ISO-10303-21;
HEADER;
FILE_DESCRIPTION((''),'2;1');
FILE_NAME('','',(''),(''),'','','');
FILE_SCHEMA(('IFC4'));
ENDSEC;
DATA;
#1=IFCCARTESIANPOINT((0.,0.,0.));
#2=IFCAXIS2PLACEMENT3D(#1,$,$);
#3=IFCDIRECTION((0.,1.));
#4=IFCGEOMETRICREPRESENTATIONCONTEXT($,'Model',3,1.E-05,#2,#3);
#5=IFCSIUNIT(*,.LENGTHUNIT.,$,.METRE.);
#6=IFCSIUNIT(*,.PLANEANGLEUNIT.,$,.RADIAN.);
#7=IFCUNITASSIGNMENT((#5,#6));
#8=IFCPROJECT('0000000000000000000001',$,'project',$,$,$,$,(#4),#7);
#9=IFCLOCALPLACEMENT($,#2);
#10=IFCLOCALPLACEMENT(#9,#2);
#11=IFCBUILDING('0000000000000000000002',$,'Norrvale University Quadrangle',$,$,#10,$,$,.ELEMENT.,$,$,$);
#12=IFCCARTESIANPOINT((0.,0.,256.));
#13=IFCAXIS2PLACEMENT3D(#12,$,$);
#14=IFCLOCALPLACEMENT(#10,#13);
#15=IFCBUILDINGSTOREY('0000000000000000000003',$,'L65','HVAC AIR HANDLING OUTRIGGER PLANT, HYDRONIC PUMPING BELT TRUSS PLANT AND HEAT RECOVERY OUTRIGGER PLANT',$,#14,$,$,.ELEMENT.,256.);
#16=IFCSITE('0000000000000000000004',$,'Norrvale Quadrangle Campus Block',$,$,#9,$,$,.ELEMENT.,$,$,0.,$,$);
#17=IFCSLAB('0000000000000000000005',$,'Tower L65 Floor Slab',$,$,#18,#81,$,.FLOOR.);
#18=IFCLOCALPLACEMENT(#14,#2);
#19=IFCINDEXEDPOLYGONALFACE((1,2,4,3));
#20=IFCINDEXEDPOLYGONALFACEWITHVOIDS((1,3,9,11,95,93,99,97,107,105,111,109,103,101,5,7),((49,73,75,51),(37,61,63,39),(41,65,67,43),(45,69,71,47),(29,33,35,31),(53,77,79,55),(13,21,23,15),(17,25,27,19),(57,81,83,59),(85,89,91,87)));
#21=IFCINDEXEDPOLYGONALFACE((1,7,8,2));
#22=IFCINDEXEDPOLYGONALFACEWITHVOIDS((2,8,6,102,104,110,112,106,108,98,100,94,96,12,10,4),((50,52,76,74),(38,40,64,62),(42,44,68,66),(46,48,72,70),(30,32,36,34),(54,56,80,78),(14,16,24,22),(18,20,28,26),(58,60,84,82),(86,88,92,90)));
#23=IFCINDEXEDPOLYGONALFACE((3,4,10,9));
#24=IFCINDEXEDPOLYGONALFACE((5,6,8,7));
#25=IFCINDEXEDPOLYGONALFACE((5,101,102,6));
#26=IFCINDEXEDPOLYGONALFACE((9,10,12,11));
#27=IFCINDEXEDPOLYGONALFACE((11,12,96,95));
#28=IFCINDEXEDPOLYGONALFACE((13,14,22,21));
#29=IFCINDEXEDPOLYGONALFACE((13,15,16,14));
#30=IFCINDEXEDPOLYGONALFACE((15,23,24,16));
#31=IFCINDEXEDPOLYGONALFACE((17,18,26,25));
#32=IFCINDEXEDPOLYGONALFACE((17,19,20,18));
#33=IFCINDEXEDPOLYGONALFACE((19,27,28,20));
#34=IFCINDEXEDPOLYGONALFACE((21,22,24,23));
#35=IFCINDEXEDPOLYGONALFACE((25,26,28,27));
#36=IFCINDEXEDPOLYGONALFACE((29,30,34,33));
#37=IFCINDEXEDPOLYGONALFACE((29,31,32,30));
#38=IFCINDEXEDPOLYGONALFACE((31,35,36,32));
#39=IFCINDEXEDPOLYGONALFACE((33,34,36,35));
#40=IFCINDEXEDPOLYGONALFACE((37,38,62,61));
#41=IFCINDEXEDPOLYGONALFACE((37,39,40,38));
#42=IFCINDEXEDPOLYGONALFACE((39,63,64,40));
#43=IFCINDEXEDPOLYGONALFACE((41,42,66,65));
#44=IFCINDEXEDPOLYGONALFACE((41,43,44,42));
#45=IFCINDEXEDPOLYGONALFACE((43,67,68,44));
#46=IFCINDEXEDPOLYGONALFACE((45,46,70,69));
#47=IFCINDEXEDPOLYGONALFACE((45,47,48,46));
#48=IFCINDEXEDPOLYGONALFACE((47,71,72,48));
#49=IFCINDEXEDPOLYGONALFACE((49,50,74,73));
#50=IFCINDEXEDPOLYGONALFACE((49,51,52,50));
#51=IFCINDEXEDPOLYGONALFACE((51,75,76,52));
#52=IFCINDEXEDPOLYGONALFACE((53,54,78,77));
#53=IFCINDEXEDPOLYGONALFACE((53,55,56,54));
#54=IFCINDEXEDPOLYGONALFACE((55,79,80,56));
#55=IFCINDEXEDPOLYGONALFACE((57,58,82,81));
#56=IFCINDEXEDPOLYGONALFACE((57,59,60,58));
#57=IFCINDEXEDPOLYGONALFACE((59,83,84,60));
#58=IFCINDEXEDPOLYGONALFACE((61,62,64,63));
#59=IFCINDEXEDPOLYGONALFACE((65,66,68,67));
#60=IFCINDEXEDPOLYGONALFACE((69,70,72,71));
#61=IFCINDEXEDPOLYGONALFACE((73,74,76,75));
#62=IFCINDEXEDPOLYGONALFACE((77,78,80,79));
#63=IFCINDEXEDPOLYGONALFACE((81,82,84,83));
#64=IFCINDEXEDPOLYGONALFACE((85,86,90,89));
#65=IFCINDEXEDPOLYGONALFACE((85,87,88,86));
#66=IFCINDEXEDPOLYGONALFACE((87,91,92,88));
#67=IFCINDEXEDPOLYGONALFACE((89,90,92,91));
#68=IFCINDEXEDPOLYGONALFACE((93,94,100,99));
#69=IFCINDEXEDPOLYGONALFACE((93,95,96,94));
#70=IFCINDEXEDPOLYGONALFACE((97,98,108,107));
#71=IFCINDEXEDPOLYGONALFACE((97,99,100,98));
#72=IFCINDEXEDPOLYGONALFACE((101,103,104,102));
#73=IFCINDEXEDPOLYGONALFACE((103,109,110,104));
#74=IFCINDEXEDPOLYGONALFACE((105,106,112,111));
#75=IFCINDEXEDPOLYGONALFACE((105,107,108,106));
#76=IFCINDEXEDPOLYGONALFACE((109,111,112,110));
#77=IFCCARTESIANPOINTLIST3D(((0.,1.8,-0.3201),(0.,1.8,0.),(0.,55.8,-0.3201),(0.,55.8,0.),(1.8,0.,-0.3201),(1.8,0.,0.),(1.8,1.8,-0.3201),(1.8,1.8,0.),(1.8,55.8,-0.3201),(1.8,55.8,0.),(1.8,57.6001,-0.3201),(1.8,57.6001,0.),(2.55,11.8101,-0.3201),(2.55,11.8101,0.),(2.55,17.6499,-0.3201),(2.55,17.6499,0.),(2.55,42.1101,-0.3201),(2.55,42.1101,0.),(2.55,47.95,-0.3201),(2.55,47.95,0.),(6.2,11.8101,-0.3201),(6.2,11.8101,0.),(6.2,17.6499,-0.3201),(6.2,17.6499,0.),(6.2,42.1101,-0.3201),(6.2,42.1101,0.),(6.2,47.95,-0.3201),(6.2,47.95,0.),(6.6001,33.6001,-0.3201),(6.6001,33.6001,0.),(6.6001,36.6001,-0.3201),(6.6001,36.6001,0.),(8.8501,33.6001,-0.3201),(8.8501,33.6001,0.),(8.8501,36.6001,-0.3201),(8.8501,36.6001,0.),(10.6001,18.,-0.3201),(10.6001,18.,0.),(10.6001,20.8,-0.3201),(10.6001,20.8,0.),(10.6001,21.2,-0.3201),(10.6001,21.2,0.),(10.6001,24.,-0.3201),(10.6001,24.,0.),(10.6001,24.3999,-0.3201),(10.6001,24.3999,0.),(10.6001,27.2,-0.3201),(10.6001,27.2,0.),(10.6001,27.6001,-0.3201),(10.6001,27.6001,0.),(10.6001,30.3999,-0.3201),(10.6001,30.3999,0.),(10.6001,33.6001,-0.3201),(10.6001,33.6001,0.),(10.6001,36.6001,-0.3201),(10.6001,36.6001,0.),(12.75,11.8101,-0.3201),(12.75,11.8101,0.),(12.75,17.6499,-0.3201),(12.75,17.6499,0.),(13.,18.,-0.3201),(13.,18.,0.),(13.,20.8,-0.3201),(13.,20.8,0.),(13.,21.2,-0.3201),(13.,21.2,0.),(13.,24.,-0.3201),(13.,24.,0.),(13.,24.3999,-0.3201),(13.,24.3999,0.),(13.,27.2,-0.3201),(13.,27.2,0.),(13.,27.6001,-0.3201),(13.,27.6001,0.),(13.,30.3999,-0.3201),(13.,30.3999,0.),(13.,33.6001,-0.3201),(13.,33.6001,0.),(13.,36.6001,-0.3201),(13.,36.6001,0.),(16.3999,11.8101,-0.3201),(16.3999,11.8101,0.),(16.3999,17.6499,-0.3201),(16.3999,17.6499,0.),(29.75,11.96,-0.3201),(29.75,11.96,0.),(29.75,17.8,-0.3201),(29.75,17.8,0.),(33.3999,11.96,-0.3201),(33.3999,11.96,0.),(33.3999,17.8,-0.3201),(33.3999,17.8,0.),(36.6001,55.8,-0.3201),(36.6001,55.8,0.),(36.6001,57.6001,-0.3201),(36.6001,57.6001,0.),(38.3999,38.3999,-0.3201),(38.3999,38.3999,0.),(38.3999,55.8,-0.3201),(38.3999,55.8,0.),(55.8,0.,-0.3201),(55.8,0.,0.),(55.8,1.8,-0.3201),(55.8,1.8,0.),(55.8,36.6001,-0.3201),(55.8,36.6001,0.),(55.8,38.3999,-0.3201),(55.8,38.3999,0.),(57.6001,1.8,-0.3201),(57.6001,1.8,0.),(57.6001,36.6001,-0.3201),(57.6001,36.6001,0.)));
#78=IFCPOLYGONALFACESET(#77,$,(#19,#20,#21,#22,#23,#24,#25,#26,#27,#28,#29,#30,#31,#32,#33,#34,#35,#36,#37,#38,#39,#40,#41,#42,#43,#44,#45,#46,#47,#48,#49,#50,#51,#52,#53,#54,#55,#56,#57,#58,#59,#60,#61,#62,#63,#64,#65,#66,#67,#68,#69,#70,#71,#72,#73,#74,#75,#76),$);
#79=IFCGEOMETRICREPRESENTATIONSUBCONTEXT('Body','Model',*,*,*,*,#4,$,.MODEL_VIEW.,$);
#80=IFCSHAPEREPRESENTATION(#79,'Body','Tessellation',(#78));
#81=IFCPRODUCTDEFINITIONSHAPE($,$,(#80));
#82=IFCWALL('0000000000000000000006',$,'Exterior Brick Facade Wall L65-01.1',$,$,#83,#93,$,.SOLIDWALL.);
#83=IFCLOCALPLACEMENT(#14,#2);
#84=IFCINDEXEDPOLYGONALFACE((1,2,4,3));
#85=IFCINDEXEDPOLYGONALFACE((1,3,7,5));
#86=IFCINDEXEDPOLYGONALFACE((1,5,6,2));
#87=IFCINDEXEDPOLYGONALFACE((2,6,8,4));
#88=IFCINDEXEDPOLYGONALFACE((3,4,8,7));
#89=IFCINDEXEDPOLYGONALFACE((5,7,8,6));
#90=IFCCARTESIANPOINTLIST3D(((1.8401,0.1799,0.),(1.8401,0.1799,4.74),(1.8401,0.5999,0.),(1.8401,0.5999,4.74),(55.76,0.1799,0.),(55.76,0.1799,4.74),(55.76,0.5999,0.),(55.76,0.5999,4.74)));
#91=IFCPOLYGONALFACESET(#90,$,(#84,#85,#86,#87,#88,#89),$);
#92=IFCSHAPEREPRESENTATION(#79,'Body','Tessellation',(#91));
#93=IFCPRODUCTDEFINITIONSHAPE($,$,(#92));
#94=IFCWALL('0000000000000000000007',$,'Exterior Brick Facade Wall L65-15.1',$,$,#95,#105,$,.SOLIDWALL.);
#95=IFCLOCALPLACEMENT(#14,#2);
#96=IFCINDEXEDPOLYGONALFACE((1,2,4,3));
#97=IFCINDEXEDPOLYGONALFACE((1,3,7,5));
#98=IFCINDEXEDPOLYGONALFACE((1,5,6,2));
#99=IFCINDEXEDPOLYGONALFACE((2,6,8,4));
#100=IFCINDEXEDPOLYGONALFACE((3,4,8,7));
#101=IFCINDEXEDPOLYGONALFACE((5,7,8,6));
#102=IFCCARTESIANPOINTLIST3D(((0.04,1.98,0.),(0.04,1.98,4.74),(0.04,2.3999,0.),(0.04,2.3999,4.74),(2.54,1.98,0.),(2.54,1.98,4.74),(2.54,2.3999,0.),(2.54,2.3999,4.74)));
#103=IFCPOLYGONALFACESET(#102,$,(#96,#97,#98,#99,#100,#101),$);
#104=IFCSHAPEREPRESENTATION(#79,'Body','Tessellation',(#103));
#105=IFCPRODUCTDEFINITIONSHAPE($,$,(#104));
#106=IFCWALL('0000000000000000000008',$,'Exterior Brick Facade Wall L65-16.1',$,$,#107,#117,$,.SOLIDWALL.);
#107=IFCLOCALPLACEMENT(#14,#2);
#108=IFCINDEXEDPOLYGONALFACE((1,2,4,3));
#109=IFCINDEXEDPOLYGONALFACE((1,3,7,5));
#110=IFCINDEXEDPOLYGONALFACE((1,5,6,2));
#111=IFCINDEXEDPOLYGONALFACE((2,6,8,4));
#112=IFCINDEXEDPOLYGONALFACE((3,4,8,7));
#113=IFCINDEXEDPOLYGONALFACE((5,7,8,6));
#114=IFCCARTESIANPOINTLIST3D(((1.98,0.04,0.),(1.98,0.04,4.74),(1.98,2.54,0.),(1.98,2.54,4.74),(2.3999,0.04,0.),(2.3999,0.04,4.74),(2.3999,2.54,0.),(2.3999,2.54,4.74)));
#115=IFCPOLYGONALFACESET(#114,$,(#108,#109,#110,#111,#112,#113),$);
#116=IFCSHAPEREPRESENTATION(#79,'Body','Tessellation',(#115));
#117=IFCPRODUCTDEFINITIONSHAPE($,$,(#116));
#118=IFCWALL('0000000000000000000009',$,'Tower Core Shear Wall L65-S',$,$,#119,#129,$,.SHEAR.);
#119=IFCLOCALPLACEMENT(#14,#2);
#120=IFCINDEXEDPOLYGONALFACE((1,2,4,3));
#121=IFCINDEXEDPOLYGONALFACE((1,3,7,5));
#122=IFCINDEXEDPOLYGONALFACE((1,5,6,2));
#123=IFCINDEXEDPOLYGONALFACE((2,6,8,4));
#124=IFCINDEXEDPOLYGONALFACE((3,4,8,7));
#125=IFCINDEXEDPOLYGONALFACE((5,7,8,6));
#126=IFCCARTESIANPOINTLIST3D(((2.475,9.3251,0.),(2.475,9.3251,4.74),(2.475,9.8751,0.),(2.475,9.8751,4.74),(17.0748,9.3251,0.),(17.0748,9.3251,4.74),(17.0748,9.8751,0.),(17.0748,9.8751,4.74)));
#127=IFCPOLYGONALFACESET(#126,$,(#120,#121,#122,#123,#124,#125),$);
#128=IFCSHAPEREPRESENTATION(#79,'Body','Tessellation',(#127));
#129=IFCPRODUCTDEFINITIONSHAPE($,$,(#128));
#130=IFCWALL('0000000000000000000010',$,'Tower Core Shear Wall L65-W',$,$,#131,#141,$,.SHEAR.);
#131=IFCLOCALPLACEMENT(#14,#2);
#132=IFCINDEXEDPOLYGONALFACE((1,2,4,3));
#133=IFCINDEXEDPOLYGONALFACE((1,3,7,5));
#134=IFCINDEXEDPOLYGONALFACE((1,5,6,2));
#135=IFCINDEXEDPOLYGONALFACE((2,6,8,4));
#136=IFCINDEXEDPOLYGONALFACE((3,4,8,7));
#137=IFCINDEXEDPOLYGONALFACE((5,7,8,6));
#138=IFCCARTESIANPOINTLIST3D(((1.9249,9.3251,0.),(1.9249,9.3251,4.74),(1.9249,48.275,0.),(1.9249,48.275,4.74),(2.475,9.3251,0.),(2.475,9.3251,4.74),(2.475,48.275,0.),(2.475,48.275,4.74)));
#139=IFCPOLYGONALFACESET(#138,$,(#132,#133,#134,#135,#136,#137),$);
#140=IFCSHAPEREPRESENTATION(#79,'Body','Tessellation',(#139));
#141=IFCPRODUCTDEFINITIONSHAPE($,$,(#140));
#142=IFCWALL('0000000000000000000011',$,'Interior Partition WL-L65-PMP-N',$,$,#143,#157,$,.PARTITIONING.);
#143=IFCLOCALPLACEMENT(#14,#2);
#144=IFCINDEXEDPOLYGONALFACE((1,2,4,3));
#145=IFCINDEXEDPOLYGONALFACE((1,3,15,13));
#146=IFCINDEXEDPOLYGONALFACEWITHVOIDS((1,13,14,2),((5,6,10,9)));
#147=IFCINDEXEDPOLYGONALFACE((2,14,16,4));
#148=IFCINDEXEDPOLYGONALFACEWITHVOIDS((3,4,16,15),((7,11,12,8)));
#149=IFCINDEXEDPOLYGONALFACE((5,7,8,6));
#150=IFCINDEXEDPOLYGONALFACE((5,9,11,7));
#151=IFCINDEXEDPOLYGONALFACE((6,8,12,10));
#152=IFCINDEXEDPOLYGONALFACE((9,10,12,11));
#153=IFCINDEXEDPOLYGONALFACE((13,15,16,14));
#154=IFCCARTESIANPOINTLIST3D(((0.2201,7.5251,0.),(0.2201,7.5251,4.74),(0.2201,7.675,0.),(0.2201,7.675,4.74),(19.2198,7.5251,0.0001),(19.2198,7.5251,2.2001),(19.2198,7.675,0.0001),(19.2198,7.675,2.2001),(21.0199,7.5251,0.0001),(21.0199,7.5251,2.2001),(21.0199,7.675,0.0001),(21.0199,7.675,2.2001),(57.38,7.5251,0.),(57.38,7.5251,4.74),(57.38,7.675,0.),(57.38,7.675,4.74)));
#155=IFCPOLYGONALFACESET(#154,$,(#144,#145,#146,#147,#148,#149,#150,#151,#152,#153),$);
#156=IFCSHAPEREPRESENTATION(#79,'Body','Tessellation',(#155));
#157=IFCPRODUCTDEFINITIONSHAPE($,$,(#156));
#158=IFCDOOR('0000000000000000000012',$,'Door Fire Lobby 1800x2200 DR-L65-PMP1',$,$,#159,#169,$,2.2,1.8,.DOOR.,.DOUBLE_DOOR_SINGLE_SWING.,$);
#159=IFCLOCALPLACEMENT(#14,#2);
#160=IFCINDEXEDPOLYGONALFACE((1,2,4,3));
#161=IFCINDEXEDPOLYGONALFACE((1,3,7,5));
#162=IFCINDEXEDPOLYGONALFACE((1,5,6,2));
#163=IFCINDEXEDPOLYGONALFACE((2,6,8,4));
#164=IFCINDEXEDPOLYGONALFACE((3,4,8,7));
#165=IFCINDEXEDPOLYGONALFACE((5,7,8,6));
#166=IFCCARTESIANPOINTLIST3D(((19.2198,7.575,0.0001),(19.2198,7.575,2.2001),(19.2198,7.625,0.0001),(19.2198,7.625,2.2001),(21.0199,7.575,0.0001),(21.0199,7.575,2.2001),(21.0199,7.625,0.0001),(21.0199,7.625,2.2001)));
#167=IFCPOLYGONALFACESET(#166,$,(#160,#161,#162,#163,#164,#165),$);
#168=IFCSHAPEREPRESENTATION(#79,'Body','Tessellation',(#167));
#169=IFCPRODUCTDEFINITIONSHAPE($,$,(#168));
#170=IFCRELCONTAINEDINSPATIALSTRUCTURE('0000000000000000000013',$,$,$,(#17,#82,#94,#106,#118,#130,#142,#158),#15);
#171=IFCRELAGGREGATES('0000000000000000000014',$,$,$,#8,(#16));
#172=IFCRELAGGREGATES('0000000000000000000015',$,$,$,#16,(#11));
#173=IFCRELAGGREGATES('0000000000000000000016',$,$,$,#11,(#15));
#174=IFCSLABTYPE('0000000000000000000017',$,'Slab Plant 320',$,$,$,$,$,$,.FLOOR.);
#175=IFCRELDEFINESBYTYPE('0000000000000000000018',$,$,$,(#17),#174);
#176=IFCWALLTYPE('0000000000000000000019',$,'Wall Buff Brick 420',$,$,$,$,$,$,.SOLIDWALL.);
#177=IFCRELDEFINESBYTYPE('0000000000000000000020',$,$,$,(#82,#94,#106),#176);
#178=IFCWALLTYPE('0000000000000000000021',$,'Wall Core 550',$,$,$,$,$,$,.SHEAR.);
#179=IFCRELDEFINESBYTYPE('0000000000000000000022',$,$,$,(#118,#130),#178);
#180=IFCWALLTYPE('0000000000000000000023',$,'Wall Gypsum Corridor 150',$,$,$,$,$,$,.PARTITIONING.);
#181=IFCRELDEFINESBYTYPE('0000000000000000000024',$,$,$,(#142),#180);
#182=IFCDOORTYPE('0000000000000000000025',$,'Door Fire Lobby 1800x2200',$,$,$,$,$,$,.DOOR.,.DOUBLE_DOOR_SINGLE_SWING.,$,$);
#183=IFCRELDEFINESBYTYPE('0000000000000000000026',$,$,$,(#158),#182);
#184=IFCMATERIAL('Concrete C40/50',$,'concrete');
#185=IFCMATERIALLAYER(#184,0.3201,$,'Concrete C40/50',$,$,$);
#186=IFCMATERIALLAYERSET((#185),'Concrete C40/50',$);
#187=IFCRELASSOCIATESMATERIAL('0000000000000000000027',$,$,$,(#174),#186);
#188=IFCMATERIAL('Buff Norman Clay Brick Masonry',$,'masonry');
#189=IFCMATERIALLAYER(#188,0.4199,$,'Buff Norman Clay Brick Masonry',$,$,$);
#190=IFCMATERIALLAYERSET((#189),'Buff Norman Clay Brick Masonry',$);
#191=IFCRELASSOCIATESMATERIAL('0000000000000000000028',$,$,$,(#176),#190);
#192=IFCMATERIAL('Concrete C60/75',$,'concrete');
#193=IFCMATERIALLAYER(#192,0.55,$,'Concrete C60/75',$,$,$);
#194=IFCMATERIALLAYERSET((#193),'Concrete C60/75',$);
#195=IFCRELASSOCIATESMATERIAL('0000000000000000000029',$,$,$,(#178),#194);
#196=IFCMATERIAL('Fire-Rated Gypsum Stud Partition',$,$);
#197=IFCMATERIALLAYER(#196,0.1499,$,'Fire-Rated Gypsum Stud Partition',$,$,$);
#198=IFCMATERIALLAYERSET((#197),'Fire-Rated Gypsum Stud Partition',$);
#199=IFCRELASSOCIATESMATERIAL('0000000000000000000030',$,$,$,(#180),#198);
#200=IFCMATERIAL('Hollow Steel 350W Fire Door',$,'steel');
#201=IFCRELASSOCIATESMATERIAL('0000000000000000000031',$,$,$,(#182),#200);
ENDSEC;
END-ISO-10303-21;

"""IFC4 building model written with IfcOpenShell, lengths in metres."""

from ifc_helpers import new_model, si_unit, direction, frame, frame_2d, origin, place, context, subcontext, project, spatial, polyline, rectangle, outline, extrude, material, layer, layer_set, type_object, element, fill, save


model = new_model("IFC4")

# Units and contexts
model_context = context("Model", 3, precision=1e-05, world=origin(), true_north=direction((0.0, 1.0)))
body_context = subcontext(model_context, "Body", "Model", "MODEL_VIEW")
ifc_project = project(units=[si_unit("LENGTHUNIT", "METRE"), si_unit("PLANEANGLEUNIT", "RADIAN")], contexts=[model_context])

# Site, building, storey
site_placement = place(None, origin())
site = spatial("IfcSite", under=ifc_project, at=site_placement, Name="Norrvale Quadrangle Campus Block", CompositionType="ELEMENT", RefElevation=0.0)
building_placement = place(site_placement, origin())
building = spatial("IfcBuilding", under=site, at=building_placement, Name="Norrvale University Quadrangle", CompositionType="ELEMENT")
storey_placement = place(building_placement, frame((0.0, 0.0, 256.0)))
storey = spatial("IfcBuildingStorey", under=building, at=storey_placement, Name="L65", Description="HVAC AIR HANDLING OUTRIGGER PLANT, HYDRONIC PUMPING BELT TRUSS PLANT AND HEAT RECOVERY OUTRIGGER PLANT", CompositionType="ELEMENT", Elevation=256.0)

# Shared definitions
ifc_material_1 = material(Name="Concrete C60/75", Category="concrete")

# Shared definitions
ifc_material_2 = material(Name="Concrete C40/50", Category="concrete")

# Slab
ifc_layer_1 = layer(ifc_material_2, 0.3201, Name="Concrete C40/50")
ifc_layer_set_1 = layer_set([ifc_layer_1], Name="Concrete C40/50")
slab_type_1 = type_object("IfcSlabType", Name="Slab Plant 320", PredefinedType="FLOOR", material=ifc_layer_set_1)
slab_1_placement = place(storey_placement, frame((0.0, 0.0, -0.3201)))
element("IfcSlab", 1, at=slab_1_placement, inside=storey, type_object=slab_type_1, Name="Tower L65 Floor Slab", PredefinedType="FLOOR", context=body_context, shape_type="SweptSolid", body=[
    extrude(outline(polyline([(1.8, 0.0), (55.8, 0.0), (55.8, 1.8), (57.6001, 1.8), (57.6001, 36.6001), (55.8, 36.6001), (55.8, 38.3999), (38.3999, 38.3999), (38.3999, 55.8), (36.6001, 55.8), (36.6001, 57.6001), (1.8, 57.6001), (1.8, 55.8), (0.0, 55.8), (0.0, 1.8), (1.8, 1.8), (1.8, 0.0)]), holes=[polyline([(2.55, 11.8101), (6.2, 11.8101), (6.2, 17.6499), (2.55, 17.6499), (2.55, 11.8101)]), polyline([(2.55, 42.1101), (6.2, 42.1101), (6.2, 47.95), (2.55, 47.95), (2.55, 42.1101)]), polyline([(12.75, 11.8101), (16.3999, 11.8101), (16.3999, 17.6499), (12.75, 17.6499), (12.75, 11.8101)]), polyline([(29.75, 11.96), (33.3999, 11.96), (33.3999, 17.8), (29.75, 17.8), (29.75, 11.96)]), polyline([(10.6001, 18.0), (13.0, 18.0), (13.0, 20.8), (10.6001, 20.8), (10.6001, 18.0)]), polyline([(10.6001, 21.2), (13.0, 21.2), (13.0, 24.0), (10.6001, 24.0), (10.6001, 21.2)]), polyline([(10.6001, 24.3999), (13.0, 24.3999), (13.0, 27.2), (10.6001, 27.2), (10.6001, 24.3999)]), polyline([(10.6001, 27.6001), (13.0, 27.6001), (13.0, 30.3999), (10.6001, 30.3999), (10.6001, 27.6001)]), polyline([(6.6001, 33.6001), (8.8501, 33.6001), (8.8501, 36.6001), (6.6001, 36.6001), (6.6001, 33.6001)]), polyline([(10.6001, 33.6001), (13.0, 33.6001), (13.0, 36.6001), (10.6001, 36.6001), (10.6001, 33.6001)])]), origin(), (0.0, 0.0, 1.0), 0.3201),
])

# Walls
ifc_material_3 = material(Name="Buff Norman Clay Brick Masonry", Category="masonry")
ifc_layer_2 = layer(ifc_material_3, 0.4199, Name="Buff Norman Clay Brick Masonry")
ifc_layer_set_2 = layer_set([ifc_layer_2], Name="Buff Norman Clay Brick Masonry")
wall_type_1 = type_object("IfcWallType", Name="Wall Buff Brick 420", PredefinedType="SOLIDWALL", material=ifc_layer_set_2)
wall_1_placement = place(storey_placement, frame((1.8401, 0.3899, 0.0), z_axis=(0.0, 0.0, 1.0), x_axis=(1.0, 0.0, 0.0)))
element("IfcWall", 2, at=wall_1_placement, inside=storey, type_object=wall_type_1, Name="Exterior Brick Facade Wall L65-01.1", PredefinedType="SOLIDWALL", context=body_context, shape_type="SweptSolid", body=[
    extrude(rectangle(XDim=53.9199, YDim=0.4199, at=frame_2d((26.96, 0.0))), origin(), (0.0, 0.0, 1.0), 4.74),
])
for number, where, z_axis, x_axis, name in (
    (3, (0.04, 2.1899, 0.0), (0.0, 0.0, 1.0), (1.0, 0.0, 0.0), "Exterior Brick Facade Wall L65-15.1"),
    (4, (2.1899, 2.54, 0.0), (0.0, 0.0, 1.0), (0.0, -1.0, 0.0), "Exterior Brick Facade Wall L65-16.1"),
):
    element("IfcWall", number, at=place(storey_placement, frame(where, z_axis=z_axis, x_axis=x_axis)), inside=storey, type_object=wall_type_1, Name=name, PredefinedType="SOLIDWALL", context=body_context, shape_type="SweptSolid", body=[
        extrude(rectangle(XDim=2.5, YDim=0.4199, at=frame_2d((1.25, 0.0))), origin(), (0.0, 0.0, 1.0), 4.74),
    ])
ifc_layer_3 = layer(ifc_material_1, 0.55, Name="Concrete C60/75")
ifc_layer_set_3 = layer_set([ifc_layer_3], Name="Concrete C60/75")
wall_type_2 = type_object("IfcWallType", Name="Wall Core 550", PredefinedType="SHEAR", material=ifc_layer_set_3)
wall_2_placement = place(storey_placement, frame((2.4751, 9.6001, 0.0), z_axis=(0.0, 0.0, 1.0), x_axis=(1.0, 0.0, 0.0)))
element("IfcWall", 5, at=wall_2_placement, inside=storey, type_object=wall_type_2, Name="Tower Core Shear Wall L65-S", PredefinedType="SHEAR", context=body_context, shape_type="SweptSolid", body=[
    extrude(rectangle(XDim=14.5999, YDim=0.55, at=frame_2d((7.2998, 0.0))), origin(), (0.0, 0.0, 1.0), 4.74),
])
wall_3_placement = place(storey_placement, frame((2.2, 9.325, 0.0), z_axis=(0.0, 0.0, 1.0), x_axis=(0.0, 1.0, 0.0)))
element("IfcWall", 6, at=wall_3_placement, inside=storey, type_object=wall_type_2, Name="Tower Core Shear Wall L65-W", PredefinedType="SHEAR", context=body_context, shape_type="SweptSolid", body=[
    extrude(rectangle(XDim=38.95, YDim=0.55, at=frame_2d((19.4751, 0.0))), origin(), (0.0, 0.0, 1.0), 4.74),
])

# Wall, opening, door
ifc_material_4 = material(Name="Fire-Rated Gypsum Stud Partition")
ifc_layer_4 = layer(ifc_material_4, 0.1499, Name="Fire-Rated Gypsum Stud Partition")
ifc_layer_set_4 = layer_set([ifc_layer_4], Name="Fire-Rated Gypsum Stud Partition")
wall_type_3 = type_object("IfcWallType", Name="Wall Gypsum Corridor 150", PredefinedType="PARTITIONING", material=ifc_layer_set_4)
wall_4_placement = place(storey_placement, frame((0.22, 7.6001, 0.0), z_axis=(0.0, 0.0, 1.0), x_axis=(1.0, 0.0, 0.0)))
wall_4 = element("IfcWall", 7, at=wall_4_placement, inside=storey, type_object=wall_type_3, Name="Interior Partition WL-L65-PMP-N", PredefinedType="PARTITIONING", context=body_context, shape_type="SweptSolid", body=[
    extrude(rectangle(XDim=57.1599, YDim=0.1499, at=frame_2d((28.5801, 0.0))), origin(), (0.0, 0.0, 1.0), 4.74),
])
opening_1_placement = place(wall_4_placement, frame((19.0, 0.0, 0.0)))
opening_1 = element("IfcOpeningElement", 8, at=opening_1_placement, cuts=wall_4, PredefinedType="OPENING", context=body_context, shape_type="SweptSolid", body=[
    extrude(rectangle(XDim=1.8, YDim=2.2, at=frame_2d((0.8999, 1.1001))), frame((0.0, 0.0869, 0.0), z_axis=(0.0, -1.0, 0.0), x_axis=(1.0, 0.0, 0.0)), (0.0, 0.0, 1.0), 0.1738),
])
ifc_material_5 = material(Name="Hollow Steel 350W Fire Door", Category="steel")
door_type_1 = type_object("IfcDoorType", Name="Door Fire Lobby 1800x2200", OperationType="DOUBLE_DOOR_SINGLE_SWING", PredefinedType="DOOR", material=ifc_material_5)
door_1_placement = place(opening_1_placement, origin())
door_1 = element("IfcDoor", 9, at=door_1_placement, inside=storey, type_object=door_type_1, Name="Door Fire Lobby 1800x2200 DR-L65-PMP1", OperationType="DOUBLE_DOOR_SINGLE_SWING", OverallHeight=2.2, OverallWidth=1.8, PredefinedType="DOOR", context=body_context, shape_type="SweptSolid", body=[
    extrude(rectangle(XDim=1.8, YDim=2.2, at=frame_2d((0.8999, 1.1001))), frame((0.0, 0.0249, 0.0), z_axis=(0.0, -1.0, 0.0), x_axis=(1.0, 0.0, 0.0)), (0.0, 0.0, 1.0), 0.05),
])
fill(opening_1, door_1)

save(model, "model.ifc")
